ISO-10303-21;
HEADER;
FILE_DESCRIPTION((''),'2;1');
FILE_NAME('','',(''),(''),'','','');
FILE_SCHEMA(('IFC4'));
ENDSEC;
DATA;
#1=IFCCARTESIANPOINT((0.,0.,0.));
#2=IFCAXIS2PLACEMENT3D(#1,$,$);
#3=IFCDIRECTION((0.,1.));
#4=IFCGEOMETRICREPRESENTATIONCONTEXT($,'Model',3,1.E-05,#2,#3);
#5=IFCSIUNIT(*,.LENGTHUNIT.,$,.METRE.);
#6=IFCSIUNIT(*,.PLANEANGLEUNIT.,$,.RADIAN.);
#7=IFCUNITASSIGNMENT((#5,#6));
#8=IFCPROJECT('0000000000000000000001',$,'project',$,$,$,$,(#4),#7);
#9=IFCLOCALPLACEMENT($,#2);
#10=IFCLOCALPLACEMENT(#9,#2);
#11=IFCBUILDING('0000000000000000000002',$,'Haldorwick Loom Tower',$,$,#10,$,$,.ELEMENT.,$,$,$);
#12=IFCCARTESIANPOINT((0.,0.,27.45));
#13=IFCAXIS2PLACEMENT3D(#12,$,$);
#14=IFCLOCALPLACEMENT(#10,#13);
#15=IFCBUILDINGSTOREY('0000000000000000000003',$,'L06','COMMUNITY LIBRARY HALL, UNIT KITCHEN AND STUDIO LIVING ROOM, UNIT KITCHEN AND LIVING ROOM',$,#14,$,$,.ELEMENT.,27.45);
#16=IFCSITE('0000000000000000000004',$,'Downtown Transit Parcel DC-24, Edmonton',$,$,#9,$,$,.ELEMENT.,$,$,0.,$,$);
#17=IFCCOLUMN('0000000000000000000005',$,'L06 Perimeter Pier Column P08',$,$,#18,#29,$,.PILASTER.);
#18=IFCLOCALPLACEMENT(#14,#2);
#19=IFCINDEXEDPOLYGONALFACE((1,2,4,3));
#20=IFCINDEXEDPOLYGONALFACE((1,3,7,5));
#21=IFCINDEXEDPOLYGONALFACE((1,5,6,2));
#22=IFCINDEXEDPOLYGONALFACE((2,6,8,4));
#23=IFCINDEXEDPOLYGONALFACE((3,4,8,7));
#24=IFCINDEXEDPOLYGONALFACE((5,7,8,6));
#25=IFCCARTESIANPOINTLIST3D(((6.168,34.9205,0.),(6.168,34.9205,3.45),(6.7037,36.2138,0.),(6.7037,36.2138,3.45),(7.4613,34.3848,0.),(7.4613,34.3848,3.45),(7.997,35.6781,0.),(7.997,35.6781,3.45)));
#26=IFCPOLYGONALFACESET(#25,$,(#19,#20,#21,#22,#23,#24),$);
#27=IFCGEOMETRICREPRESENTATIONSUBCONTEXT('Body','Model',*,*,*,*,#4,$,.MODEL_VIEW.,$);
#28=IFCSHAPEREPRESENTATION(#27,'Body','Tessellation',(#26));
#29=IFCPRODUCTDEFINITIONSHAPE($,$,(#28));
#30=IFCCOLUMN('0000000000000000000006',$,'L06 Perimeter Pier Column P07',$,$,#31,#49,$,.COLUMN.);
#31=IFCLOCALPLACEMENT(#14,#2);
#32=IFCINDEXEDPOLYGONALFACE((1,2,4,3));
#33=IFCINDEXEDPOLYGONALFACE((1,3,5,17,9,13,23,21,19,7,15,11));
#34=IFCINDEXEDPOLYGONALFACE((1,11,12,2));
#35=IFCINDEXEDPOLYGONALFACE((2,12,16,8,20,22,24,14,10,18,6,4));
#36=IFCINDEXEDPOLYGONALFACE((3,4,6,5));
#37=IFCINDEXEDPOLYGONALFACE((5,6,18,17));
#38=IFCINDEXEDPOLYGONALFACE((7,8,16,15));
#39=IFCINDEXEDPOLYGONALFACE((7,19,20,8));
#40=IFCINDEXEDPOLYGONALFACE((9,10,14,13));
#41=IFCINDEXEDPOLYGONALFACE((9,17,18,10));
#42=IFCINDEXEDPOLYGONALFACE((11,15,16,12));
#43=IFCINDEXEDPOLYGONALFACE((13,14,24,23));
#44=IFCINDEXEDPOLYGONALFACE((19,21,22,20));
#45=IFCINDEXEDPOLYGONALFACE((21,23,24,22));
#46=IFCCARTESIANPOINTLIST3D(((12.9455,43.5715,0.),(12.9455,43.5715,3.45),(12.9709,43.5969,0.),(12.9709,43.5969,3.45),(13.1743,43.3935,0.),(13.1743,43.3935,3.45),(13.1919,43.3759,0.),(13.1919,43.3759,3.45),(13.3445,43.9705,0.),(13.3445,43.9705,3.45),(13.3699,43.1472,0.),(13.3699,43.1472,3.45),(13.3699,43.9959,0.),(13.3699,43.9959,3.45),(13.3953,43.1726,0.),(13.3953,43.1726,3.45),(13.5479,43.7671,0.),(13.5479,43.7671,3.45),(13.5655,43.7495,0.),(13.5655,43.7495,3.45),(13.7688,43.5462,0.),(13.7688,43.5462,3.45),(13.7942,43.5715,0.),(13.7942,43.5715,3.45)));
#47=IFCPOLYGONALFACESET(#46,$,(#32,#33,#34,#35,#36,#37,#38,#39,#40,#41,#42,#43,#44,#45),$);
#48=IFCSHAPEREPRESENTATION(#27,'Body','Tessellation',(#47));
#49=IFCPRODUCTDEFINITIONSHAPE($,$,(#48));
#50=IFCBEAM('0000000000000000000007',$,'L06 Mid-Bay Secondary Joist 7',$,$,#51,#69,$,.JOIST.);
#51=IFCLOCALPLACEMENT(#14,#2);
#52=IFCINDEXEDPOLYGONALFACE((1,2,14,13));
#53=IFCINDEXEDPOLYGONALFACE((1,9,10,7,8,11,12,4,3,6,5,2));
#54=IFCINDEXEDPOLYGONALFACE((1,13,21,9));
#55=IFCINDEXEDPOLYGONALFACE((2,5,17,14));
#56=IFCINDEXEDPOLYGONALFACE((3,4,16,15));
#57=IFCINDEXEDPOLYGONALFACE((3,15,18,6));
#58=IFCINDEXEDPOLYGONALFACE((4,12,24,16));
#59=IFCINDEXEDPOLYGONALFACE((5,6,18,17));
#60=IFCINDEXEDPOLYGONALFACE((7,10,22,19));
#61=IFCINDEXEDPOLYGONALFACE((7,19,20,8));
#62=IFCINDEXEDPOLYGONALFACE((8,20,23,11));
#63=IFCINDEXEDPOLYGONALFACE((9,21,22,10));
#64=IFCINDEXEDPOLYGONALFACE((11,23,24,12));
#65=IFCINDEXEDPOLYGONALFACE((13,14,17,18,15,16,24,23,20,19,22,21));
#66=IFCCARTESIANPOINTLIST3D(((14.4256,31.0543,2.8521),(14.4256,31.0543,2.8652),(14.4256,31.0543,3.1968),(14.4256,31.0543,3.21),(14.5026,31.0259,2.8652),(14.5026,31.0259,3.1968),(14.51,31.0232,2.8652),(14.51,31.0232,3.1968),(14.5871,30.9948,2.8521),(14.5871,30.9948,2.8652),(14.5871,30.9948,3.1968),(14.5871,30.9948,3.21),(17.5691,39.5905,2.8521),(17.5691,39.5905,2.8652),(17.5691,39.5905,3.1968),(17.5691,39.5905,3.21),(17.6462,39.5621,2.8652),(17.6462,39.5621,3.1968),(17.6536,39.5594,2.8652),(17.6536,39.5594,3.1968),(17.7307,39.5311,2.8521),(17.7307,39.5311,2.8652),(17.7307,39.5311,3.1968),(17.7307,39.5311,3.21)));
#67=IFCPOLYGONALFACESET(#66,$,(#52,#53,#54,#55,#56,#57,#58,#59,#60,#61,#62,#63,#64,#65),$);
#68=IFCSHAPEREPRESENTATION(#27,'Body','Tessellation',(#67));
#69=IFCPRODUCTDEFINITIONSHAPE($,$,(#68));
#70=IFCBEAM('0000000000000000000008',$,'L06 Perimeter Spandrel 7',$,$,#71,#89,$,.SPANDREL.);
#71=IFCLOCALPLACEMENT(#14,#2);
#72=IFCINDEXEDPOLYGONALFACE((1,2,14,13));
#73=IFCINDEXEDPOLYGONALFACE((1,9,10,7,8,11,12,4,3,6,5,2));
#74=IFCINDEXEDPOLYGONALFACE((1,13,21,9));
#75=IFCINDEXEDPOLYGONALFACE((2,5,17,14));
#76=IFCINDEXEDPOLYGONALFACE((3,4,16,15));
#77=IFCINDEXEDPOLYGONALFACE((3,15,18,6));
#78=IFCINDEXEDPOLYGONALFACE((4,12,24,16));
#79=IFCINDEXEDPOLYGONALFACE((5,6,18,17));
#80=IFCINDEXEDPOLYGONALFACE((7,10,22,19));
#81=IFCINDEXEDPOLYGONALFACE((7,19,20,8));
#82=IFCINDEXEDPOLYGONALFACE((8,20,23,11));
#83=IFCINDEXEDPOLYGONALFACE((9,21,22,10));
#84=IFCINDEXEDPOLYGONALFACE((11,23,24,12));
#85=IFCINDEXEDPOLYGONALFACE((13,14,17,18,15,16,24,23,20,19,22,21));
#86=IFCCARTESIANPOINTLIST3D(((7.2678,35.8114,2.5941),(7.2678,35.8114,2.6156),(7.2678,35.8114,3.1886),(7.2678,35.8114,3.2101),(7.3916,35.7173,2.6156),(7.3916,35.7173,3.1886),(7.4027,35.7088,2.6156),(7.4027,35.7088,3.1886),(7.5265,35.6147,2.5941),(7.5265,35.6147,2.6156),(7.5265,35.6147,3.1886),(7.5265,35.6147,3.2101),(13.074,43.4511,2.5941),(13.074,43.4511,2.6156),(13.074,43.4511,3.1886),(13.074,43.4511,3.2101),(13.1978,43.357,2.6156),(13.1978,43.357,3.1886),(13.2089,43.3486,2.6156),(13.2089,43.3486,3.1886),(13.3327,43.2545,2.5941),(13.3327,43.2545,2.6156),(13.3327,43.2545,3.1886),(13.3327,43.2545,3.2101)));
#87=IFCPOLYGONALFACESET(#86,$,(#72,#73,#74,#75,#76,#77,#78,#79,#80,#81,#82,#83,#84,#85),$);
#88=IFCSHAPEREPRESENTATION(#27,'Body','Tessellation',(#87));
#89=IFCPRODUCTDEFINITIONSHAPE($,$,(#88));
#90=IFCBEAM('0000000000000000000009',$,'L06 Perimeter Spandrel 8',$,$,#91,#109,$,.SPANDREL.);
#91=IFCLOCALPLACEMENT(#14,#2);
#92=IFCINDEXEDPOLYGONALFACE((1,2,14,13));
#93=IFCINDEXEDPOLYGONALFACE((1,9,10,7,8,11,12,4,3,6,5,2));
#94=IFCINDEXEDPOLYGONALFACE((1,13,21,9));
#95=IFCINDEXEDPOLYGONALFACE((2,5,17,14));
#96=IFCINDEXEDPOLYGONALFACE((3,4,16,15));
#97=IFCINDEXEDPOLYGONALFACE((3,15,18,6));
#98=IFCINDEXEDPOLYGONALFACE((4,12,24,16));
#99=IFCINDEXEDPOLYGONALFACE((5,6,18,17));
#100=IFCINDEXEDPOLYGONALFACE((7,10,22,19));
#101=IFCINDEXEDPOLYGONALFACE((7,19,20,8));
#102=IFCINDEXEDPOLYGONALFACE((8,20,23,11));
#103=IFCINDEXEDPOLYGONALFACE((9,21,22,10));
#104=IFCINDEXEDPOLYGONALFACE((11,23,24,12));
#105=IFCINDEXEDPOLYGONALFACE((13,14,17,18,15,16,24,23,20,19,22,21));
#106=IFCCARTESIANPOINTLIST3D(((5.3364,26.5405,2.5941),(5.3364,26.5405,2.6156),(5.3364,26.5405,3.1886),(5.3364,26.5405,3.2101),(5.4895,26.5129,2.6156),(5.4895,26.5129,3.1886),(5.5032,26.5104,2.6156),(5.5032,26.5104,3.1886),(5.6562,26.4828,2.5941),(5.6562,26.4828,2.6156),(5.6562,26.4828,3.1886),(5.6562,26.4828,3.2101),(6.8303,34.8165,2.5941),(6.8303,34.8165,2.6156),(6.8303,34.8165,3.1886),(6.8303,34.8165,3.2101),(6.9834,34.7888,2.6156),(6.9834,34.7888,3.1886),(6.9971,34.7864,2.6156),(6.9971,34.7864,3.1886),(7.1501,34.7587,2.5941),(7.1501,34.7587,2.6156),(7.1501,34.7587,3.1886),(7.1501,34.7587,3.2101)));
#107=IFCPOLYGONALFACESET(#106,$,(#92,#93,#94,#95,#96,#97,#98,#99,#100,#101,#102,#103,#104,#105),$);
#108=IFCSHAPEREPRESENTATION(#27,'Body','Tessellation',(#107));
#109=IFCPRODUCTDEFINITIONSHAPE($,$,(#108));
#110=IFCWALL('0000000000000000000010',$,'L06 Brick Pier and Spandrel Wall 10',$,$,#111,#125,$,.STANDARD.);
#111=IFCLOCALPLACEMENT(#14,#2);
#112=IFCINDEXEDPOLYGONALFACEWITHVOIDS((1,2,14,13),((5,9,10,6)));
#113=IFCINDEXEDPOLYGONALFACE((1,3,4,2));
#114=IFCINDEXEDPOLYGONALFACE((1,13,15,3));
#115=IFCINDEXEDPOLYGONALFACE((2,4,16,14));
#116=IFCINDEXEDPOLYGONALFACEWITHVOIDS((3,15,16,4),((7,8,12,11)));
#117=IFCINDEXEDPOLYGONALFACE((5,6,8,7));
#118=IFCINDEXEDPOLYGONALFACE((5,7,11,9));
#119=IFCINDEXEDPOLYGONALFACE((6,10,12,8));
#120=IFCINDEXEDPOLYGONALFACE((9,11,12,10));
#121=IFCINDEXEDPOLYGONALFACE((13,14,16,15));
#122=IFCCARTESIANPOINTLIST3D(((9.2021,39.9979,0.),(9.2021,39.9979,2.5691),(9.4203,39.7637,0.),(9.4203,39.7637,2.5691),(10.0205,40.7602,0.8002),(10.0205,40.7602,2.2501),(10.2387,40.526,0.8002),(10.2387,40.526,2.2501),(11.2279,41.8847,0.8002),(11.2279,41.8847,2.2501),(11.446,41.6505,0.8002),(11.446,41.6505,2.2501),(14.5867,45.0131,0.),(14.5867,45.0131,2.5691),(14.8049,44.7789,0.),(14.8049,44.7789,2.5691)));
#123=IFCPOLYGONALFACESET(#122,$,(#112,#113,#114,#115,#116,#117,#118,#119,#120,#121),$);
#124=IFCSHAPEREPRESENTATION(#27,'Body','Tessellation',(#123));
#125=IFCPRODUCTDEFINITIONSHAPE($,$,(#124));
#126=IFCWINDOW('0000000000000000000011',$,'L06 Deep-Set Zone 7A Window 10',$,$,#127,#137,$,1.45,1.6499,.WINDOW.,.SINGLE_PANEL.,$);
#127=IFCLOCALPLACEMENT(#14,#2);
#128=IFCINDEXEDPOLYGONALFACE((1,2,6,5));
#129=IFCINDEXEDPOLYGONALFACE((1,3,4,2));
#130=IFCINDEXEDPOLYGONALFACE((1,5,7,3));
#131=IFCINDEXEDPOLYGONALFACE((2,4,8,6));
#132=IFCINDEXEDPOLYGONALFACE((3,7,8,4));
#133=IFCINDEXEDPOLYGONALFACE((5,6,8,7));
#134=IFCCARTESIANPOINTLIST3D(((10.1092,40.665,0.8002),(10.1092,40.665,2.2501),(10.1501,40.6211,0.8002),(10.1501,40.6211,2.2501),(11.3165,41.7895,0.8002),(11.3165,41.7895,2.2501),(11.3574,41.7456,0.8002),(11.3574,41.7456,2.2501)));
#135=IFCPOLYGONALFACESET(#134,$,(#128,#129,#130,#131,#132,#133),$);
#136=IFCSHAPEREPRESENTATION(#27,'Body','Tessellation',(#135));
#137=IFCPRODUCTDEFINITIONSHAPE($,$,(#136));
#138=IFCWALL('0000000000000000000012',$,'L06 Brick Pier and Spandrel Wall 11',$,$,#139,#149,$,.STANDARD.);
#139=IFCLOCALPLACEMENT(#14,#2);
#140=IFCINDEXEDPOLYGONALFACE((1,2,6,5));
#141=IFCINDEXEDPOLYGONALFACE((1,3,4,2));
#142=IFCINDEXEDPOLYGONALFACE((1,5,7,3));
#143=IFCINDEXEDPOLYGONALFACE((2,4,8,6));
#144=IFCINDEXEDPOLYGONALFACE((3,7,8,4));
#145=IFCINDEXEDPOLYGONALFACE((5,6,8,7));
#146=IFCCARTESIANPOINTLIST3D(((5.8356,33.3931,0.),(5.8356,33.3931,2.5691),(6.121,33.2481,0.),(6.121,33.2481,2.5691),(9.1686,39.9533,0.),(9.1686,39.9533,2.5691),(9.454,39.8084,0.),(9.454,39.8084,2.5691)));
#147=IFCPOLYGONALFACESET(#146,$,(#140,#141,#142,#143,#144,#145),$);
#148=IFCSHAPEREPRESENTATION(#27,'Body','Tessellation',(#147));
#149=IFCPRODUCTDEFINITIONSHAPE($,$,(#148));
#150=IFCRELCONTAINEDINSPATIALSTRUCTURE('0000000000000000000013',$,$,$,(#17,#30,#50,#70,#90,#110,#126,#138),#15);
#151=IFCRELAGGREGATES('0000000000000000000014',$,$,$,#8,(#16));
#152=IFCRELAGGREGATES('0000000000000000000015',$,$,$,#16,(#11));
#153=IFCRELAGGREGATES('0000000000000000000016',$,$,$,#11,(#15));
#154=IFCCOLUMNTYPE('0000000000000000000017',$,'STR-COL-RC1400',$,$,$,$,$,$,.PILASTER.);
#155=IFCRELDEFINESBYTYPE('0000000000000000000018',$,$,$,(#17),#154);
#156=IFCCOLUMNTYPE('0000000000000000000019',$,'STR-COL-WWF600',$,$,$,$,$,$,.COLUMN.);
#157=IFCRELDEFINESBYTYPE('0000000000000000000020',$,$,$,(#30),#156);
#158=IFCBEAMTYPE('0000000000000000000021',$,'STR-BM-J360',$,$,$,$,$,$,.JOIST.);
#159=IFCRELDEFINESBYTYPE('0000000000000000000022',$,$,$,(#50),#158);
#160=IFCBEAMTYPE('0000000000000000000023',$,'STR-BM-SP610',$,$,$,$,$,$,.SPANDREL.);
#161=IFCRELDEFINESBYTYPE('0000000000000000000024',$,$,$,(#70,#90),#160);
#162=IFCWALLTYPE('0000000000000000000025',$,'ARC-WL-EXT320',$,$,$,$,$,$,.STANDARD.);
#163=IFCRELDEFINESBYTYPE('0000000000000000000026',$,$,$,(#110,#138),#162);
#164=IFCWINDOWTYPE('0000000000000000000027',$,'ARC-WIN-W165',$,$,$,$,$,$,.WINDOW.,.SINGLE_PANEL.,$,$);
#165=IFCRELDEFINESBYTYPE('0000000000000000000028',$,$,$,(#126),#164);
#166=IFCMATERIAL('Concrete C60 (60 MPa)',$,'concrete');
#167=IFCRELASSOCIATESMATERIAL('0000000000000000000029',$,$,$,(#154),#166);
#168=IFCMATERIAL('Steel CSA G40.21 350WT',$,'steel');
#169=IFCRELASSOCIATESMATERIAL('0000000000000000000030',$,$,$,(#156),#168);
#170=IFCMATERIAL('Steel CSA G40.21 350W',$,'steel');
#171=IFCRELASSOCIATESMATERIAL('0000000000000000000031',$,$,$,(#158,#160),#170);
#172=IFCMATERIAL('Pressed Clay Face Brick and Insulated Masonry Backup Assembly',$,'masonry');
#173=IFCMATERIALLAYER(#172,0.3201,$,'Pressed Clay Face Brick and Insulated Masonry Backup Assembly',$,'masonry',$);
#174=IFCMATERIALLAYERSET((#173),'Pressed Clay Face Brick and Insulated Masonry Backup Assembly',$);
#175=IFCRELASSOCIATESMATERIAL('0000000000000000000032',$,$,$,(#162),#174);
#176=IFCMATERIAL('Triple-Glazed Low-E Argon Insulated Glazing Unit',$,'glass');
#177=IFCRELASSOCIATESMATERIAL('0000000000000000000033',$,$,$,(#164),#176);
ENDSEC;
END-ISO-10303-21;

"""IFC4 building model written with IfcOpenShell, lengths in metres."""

from ifc_helpers import new_model, si_unit, direction, frame, frame_2d, origin, origin_2d, place, context, subcontext, project, spatial, rectangle, i_section, extrude, material, layer, layer_set, material_profile, profile_set, type_object, element, fill, save


model = new_model("IFC4")

# Units and contexts
model_context = context("Model", 3, precision=1e-05, world=origin(), true_north=direction((0.0, 1.0)))
body_context = subcontext(model_context, "Body", "Model", "MODEL_VIEW")
ifc_project = project(units=[si_unit("LENGTHUNIT", "METRE"), si_unit("PLANEANGLEUNIT", "RADIAN")], contexts=[model_context])

# Site, building, storey
site_placement = place(None, origin())
site = spatial("IfcSite", under=ifc_project, at=site_placement, Name="Downtown Transit Parcel DC-24, Edmonton", CompositionType="ELEMENT", RefElevation=0.0)
building_placement = place(site_placement, origin())
building = spatial("IfcBuilding", under=site, at=building_placement, Name="Haldorwick Loom Tower", CompositionType="ELEMENT")
storey_placement = place(building_placement, frame((0.0, 0.0, 27.45)))
storey = spatial("IfcBuildingStorey", under=building, at=storey_placement, Name="L06", Description="COMMUNITY LIBRARY HALL, UNIT KITCHEN AND STUDIO LIVING ROOM, UNIT KITCHEN AND LIVING ROOM", CompositionType="ELEMENT", Elevation=27.45)

# Columns
ifc_material_1 = material(Name="Concrete C60 (60 MPa)", Category="concrete")
ifc_material_profile_1 = material_profile(ifc_material_1, rectangle(XDim=1.3999, YDim=1.3999, at=origin_2d()), Name="RC1400X1400", Category="concrete")
ifc_profile_set_1 = profile_set([ifc_material_profile_1], Name="Concrete C60 (60 MPa)")
column_type_1 = type_object("IfcColumnType", Name="STR-COL-RC1400", PredefinedType="PILASTER", material=ifc_profile_set_1)
column_1_placement = place(storey_placement, frame((7.0825, 35.2993, 0.0), z_axis=(0.0, 0.0, 1.0), x_axis=(-0.92388, 0.382683, 0.0)))
element("IfcColumn", 1, at=column_1_placement, inside=storey, type_object=column_type_1, Name="L06 Perimeter Pier Column P08", PredefinedType="PILASTER", context=body_context, shape_type="SweptSolid", body=[
    extrude(rectangle(XDim=1.3999, YDim=1.3999, at=origin_2d()), origin(), (0.0, 0.0, 1.0), 3.45),
])
ifc_material_2 = material(Name="Steel CSA G40.21 350WT", Category="steel")
ifc_material_profile_2 = material_profile(ifc_material_2, i_section(OverallWidth=0.6001, OverallDepth=0.6001, WebThickness=0.0249, FlangeThickness=0.0359, at=origin_2d()), Name="WWF600X600", Category="steel")
ifc_profile_set_2 = profile_set([ifc_material_profile_2], Name="Steel CSA G40.21 350WT")
column_type_2 = type_object("IfcColumnType", Name="STR-COL-WWF600", PredefinedType="COLUMN", material=ifc_profile_set_2)
column_2_placement = place(storey_placement, frame((13.3699, 43.5715, 0.0), z_axis=(0.0, 0.0, 1.0), x_axis=(-0.707107, 0.707107, 0.0)))
element("IfcColumn", 2, at=column_2_placement, inside=storey, type_object=column_type_2, Name="L06 Perimeter Pier Column P07", PredefinedType="COLUMN", context=body_context, shape_type="SweptSolid", body=[
    extrude(i_section(OverallWidth=0.6001, OverallDepth=0.6001, WebThickness=0.0249, FlangeThickness=0.0359, at=origin_2d()), origin(), (0.0, 0.0, 1.0), 3.45),
])

# Beams
ifc_material_3 = material(Name="Steel CSA G40.21 350W", Category="steel")
ifc_material_profile_3 = material_profile(ifc_material_3, i_section(OverallWidth=0.1721, OverallDepth=0.3579, WebThickness=0.0078, FlangeThickness=0.0132, at=origin_2d()), Name="W360X57", Category="steel")
ifc_profile_set_3 = profile_set([ifc_material_profile_3], Name="Steel CSA G40.21 350W")
beam_type_1 = type_object("IfcBeamType", Name="STR-BM-J360", PredefinedType="JOIST", material=ifc_profile_set_3)
beam_1_placement = place(storey_placement, frame((17.6499, 39.5608, 3.031), z_axis=(-0.345576, -0.938391, 0.0), x_axis=(0.938391, -0.345576, 0.0)))
element("IfcBeam", 3, at=beam_1_placement, inside=storey, type_object=beam_type_1, Name="L06 Mid-Bay Secondary Joist 7", PredefinedType="JOIST", context=body_context, shape_type="SweptSolid", body=[
    extrude(i_section(OverallWidth=0.1721, OverallDepth=0.3579, WebThickness=0.0078, FlangeThickness=0.0132, at=origin_2d()), origin(), (0.0, 0.0, 1.0), 9.0967),
])
ifc_material_profile_4 = material_profile(ifc_material_3, i_section(OverallWidth=0.325, OverallDepth=0.616, WebThickness=0.0139, FlangeThickness=0.0215, at=origin_2d()), Name="W610X174", Category="steel")
ifc_profile_set_4 = profile_set([ifc_material_profile_4], Name="Steel CSA G40.21 350W")
beam_type_2 = type_object("IfcBeamType", Name="STR-BM-SP610", PredefinedType="SPANDREL", material=ifc_profile_set_4)
beam_2_placement = place(storey_placement, frame((13.2034, 43.3528, 2.9021), z_axis=(-0.605085, -0.796161, 0.0), x_axis=(0.796161, -0.605085, 0.0)))
element("IfcBeam", 4, at=beam_2_placement, inside=storey, type_object=beam_type_2, Name="L06 Perimeter Spandrel 7", PredefinedType="SPANDREL", context=body_context, shape_type="SweptSolid", body=[
    extrude(i_section(OverallWidth=0.325, OverallDepth=0.616, WebThickness=0.0139, FlangeThickness=0.0215, at=origin_2d()), origin(), (0.0, 0.0, 1.0), 9.5957),
])
beam_3_placement = place(storey_placement, frame((6.9902, 34.7876, 2.9021), z_axis=(-0.177641, -0.984095, 0.0), x_axis=(0.984095, -0.177641, 0.0)))
element("IfcBeam", 5, at=beam_3_placement, inside=storey, type_object=beam_type_2, Name="L06 Perimeter Spandrel 8", PredefinedType="SPANDREL", context=body_context, shape_type="SweptSolid", body=[
    extrude(i_section(OverallWidth=0.325, OverallDepth=0.616, WebThickness=0.0139, FlangeThickness=0.0215, at=origin_2d()), origin(), (0.0, 0.0, 1.0), 8.4097),
])

# Wall, opening, window
ifc_material_4 = material(Name="Pressed Clay Face Brick and Insulated Masonry Backup Assembly", Category="masonry")
ifc_layer_1 = layer(ifc_material_4, 0.3201, Name="Pressed Clay Face Brick and Insulated Masonry Backup Assembly", Category="masonry")
ifc_layer_set_1 = layer_set([ifc_layer_1], Name="Pressed Clay Face Brick and Insulated Masonry Backup Assembly")
wall_type_1 = type_object("IfcWallType", Name="ARC-WL-EXT320", PredefinedType="STANDARD", material=ifc_layer_set_1)
wall_1_placement = place(storey_placement, frame((14.6958, 44.896, 0.0), z_axis=(0.0, 0.0, 1.0), x_axis=(-0.731761, -0.681561, 0.0)))
wall_1 = element("IfcWall", 6, at=wall_1_placement, inside=storey, type_object=wall_type_1, Name="L06 Brick Pier and Spandrel Wall 10", PredefinedType="STANDARD", context=body_context, shape_type="SweptSolid", body=[
    extrude(rectangle(XDim=7.3584, YDim=0.3201, at=frame_2d((3.6792, 0.0))), origin(), (0.0, 0.0, 1.0), 2.5691),
])
opening_1_placement = place(wall_1_placement, frame((4.5901, 0.0, 0.8)))
opening_1 = element("IfcOpeningElement", 7, at=opening_1_placement, cuts=wall_1, PredefinedType="OPENING", context=body_context, shape_type="SweptSolid", body=[
    extrude(rectangle(XDim=1.6499, YDim=1.45, at=frame_2d((0.825, 0.7251))), frame((0.0, 0.1699, 0.0), z_axis=(0.0, -1.0, 0.0), x_axis=(1.0, 0.0, 0.0)), (0.0, 0.0, 1.0), 0.3401),
])
ifc_material_5 = material(Name="Triple-Glazed Low-E Argon Insulated Glazing Unit", Category="glass")
window_type = type_object("IfcWindowType", Name="ARC-WIN-W165", PartitioningType="SINGLE_PANEL", PredefinedType="WINDOW", material=ifc_material_5)
window_placement = place(opening_1_placement, origin())
window = element("IfcWindow", 8, at=window_placement, inside=storey, type_object=window_type, Name="L06 Deep-Set Zone 7A Window 10", OverallHeight=1.45, OverallWidth=1.6499, PartitioningType="SINGLE_PANEL", PredefinedType="WINDOW", context=body_context, shape_type="SweptSolid", body=[
    extrude(rectangle(XDim=1.6499, YDim=1.45, at=frame_2d((0.825, 0.7251))), frame((0.0, 0.03, 0.0), z_axis=(0.0, -1.0, 0.0), x_axis=(1.0, 0.0, 0.0)), (0.0, 0.0, 1.0), 0.0601),
])
fill(opening_1, window)

# Wall
wall_2_placement = place(storey_placement, frame((9.3113, 39.8809, 0.0), z_axis=(0.0, 0.0, 1.0), x_axis=(-0.452951, -0.891535, 0.0)))
element("IfcWall", 9, at=wall_2_placement, inside=storey, type_object=wall_type_1, Name="L06 Brick Pier and Spandrel Wall 11", PredefinedType="STANDARD", context=body_context, shape_type="SweptSolid", body=[
    extrude(rectangle(XDim=7.3584, YDim=0.3201, at=frame_2d((3.6792, 0.0))), origin(), (0.0, 0.0, 1.0), 2.5691),
])

save(model, "model.ifc")
